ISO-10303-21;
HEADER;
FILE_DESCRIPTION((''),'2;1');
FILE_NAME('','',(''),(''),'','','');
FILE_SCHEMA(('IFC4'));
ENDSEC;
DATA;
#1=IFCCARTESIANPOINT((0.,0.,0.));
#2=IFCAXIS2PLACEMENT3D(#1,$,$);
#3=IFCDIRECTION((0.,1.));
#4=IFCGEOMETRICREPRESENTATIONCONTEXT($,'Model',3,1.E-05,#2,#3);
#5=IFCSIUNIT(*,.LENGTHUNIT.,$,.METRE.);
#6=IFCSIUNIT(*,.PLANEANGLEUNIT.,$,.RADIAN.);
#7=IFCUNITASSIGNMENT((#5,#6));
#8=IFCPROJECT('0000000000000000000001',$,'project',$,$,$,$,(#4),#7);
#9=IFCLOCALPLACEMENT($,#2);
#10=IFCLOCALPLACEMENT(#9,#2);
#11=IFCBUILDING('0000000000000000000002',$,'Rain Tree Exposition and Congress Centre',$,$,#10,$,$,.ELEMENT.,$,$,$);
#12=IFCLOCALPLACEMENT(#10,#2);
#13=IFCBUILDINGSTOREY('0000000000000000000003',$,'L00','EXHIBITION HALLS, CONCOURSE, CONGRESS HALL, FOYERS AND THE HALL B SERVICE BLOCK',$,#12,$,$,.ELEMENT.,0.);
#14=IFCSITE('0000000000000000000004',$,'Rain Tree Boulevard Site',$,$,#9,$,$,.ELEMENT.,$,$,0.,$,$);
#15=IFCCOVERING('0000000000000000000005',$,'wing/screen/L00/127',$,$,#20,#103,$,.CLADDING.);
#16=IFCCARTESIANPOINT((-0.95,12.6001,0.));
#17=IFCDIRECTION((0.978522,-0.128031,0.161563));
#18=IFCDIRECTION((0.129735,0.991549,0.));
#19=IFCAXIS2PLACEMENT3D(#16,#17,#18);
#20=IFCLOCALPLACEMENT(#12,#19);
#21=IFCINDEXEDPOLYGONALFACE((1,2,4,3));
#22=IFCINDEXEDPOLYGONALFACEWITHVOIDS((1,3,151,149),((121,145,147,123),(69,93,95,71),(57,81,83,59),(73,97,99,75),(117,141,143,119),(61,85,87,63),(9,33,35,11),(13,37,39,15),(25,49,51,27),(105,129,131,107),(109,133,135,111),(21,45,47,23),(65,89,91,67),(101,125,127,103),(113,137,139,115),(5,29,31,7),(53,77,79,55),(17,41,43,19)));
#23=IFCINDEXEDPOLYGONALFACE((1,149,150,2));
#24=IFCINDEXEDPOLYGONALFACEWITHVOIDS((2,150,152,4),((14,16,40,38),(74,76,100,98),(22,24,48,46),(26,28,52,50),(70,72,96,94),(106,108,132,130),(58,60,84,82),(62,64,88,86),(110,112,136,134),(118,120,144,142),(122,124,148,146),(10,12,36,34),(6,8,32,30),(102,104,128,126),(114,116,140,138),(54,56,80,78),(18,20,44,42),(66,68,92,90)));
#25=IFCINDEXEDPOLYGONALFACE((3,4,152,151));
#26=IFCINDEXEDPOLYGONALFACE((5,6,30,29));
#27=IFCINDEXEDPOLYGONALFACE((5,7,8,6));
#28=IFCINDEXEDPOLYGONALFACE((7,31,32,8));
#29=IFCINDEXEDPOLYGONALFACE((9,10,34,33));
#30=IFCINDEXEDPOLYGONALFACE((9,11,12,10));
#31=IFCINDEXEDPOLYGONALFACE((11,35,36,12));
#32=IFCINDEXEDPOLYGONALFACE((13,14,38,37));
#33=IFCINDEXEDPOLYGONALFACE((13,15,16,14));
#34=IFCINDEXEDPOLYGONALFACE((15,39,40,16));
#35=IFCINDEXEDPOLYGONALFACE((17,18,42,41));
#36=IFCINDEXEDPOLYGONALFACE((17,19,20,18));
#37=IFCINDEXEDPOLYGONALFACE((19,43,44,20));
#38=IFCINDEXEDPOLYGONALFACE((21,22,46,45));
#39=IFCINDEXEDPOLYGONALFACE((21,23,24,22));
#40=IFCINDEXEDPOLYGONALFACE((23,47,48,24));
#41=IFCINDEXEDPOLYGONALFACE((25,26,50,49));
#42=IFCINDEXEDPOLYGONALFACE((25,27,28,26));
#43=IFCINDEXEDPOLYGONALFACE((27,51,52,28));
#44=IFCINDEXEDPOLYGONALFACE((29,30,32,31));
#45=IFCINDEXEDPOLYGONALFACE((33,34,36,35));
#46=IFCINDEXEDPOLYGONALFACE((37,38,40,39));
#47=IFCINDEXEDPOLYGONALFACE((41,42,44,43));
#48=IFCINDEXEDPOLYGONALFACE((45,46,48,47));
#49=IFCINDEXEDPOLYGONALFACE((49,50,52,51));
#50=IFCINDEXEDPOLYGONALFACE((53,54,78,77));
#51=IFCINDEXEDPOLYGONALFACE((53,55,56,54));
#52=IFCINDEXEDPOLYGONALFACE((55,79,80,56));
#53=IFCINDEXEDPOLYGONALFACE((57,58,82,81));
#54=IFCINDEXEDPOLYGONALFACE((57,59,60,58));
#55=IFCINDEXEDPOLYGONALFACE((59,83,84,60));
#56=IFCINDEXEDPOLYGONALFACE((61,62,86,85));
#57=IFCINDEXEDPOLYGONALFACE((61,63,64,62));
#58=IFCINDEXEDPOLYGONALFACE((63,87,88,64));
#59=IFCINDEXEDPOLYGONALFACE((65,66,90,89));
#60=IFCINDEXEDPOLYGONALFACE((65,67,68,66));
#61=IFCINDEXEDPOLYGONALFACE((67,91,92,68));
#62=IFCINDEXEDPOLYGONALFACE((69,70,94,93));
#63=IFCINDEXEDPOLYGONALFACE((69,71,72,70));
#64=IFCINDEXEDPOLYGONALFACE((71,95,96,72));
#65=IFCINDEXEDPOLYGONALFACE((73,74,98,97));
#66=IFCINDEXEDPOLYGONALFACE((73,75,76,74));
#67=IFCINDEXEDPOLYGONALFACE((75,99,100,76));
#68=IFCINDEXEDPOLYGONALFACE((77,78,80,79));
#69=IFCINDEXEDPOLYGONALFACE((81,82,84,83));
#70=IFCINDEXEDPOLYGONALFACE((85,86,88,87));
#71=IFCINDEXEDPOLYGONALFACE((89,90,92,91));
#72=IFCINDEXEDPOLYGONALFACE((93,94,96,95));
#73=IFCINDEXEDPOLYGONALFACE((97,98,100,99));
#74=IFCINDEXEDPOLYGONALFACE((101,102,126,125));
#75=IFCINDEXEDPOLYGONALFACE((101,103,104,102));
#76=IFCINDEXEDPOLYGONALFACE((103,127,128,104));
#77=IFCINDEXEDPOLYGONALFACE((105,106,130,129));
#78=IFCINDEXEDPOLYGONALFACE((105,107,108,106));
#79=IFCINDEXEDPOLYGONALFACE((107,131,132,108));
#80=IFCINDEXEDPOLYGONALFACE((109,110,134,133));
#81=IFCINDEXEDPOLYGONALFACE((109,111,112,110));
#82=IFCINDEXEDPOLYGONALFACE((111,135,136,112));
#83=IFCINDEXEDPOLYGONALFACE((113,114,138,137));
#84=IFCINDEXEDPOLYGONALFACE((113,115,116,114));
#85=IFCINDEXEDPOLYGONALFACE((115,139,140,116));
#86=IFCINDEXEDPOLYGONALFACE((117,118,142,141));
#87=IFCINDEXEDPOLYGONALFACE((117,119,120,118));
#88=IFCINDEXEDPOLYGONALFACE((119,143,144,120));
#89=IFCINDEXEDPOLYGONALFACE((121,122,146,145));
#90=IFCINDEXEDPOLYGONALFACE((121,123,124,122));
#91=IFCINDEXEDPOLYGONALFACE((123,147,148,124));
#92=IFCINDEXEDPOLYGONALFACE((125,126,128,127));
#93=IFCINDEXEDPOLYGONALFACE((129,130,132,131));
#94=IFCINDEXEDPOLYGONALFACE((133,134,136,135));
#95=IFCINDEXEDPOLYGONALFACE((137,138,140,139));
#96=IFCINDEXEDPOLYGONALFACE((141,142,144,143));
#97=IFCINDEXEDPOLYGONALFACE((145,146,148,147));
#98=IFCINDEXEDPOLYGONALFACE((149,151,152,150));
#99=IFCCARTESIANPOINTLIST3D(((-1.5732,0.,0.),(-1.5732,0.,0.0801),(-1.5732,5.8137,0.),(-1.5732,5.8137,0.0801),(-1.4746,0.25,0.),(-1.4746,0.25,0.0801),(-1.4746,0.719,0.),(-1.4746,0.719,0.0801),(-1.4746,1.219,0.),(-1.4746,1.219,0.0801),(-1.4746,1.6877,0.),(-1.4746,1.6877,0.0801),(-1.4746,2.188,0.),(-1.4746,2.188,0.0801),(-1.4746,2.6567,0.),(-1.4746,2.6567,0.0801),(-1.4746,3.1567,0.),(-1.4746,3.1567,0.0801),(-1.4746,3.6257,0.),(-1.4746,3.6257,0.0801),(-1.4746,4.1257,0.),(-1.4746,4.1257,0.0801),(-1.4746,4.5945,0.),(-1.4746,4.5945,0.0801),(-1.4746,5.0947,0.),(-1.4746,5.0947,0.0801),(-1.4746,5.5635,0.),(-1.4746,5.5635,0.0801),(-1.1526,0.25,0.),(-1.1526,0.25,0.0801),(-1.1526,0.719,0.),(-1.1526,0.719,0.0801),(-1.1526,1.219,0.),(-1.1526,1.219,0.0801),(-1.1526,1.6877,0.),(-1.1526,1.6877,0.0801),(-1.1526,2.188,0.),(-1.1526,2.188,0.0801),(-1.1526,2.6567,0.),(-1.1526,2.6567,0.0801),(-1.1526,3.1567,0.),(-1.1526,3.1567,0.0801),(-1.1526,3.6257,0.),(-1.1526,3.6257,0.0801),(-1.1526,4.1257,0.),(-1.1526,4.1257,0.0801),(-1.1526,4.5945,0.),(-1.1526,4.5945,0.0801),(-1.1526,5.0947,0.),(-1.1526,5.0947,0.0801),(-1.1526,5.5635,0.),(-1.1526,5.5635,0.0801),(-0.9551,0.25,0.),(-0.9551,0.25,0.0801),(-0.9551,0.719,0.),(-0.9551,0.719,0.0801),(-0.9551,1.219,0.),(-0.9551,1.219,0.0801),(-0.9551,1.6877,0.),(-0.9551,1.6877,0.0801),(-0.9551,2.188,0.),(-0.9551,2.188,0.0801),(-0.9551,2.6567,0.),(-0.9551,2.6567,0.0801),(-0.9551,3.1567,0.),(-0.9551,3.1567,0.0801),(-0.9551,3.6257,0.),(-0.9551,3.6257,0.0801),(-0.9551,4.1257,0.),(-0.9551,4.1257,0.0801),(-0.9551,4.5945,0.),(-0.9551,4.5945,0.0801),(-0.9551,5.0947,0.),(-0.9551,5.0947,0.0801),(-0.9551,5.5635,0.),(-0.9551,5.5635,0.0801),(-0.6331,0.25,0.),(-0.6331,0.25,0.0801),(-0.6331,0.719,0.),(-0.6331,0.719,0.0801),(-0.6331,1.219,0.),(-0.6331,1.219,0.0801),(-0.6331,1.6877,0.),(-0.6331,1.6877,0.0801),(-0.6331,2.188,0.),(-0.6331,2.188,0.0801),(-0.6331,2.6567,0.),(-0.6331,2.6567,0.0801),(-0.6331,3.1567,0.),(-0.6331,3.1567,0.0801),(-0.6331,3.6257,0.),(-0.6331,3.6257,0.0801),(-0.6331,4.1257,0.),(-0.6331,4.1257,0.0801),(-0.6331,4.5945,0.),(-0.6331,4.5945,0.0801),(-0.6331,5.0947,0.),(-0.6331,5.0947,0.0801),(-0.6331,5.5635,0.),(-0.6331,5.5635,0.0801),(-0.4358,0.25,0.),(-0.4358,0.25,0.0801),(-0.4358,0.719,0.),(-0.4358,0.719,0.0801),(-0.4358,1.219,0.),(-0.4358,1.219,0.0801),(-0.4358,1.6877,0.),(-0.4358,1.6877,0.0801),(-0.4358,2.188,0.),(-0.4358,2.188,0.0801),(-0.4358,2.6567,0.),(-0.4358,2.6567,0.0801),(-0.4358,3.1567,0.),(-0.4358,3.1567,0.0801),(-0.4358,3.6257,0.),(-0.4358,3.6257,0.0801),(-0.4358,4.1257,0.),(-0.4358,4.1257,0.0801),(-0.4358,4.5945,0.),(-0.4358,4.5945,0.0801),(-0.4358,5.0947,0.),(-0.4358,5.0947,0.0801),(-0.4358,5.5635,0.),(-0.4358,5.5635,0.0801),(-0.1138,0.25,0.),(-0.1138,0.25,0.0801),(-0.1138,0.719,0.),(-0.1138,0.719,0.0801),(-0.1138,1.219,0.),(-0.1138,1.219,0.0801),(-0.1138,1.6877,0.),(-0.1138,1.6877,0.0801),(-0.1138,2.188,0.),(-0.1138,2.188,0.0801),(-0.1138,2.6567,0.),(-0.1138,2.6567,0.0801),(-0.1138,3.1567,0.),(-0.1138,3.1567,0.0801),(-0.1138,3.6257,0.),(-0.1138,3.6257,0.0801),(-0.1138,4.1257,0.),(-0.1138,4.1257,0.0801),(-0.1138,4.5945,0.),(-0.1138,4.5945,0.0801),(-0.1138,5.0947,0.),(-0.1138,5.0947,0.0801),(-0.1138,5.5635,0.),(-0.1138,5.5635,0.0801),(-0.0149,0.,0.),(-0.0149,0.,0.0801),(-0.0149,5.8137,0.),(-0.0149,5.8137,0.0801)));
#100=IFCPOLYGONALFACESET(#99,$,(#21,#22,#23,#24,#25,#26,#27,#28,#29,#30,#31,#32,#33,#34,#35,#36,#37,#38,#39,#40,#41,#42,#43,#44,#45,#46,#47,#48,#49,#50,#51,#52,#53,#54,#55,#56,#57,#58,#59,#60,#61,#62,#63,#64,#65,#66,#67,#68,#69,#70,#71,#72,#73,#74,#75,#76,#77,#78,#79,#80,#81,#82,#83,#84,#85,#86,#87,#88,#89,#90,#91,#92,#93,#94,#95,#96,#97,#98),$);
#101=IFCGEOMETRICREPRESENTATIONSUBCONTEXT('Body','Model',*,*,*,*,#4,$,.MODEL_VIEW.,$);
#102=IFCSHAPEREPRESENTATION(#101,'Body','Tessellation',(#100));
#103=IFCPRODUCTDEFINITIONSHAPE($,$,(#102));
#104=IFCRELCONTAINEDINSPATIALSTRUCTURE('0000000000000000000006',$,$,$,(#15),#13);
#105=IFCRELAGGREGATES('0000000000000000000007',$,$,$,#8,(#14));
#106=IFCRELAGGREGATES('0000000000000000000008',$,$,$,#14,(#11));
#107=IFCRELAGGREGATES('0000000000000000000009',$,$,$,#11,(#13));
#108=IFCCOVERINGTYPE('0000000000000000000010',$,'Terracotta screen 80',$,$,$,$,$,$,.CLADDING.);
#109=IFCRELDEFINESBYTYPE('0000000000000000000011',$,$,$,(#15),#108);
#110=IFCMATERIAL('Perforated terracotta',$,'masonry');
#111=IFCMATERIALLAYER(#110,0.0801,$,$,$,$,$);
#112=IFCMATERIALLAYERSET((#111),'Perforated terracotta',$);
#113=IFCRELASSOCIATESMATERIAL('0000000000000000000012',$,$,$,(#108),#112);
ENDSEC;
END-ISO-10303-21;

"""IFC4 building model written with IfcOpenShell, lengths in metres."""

from ifc_helpers import new_model, si_unit, direction, frame, origin, place, context, subcontext, project, spatial, polyline, outline, extrude, material, layer, layer_set, type_object, element, save


model = new_model("IFC4")

# Units and contexts
model_context = context("Model", 3, precision=1e-05, world=origin(), true_north=direction((0.0, 1.0)))
body_context = subcontext(model_context, "Body", "Model", "MODEL_VIEW")
ifc_project = project(units=[si_unit("LENGTHUNIT", "METRE"), si_unit("PLANEANGLEUNIT", "RADIAN")], contexts=[model_context])

# Site, building, storey
site_placement = place(None, origin())
site = spatial("IfcSite", under=ifc_project, at=site_placement, Name="Rain Tree Boulevard Site", CompositionType="ELEMENT", RefElevation=0.0)
building_placement = place(site_placement, origin())
building = spatial("IfcBuilding", under=site, at=building_placement, Name="Rain Tree Exposition and Congress Centre", CompositionType="ELEMENT")
storey_placement = place(building_placement, origin())
storey = spatial("IfcBuildingStorey", under=building, at=storey_placement, Name="L00", Description="EXHIBITION HALLS, CONCOURSE, CONGRESS HALL, FOYERS AND THE HALL B SERVICE BLOCK", CompositionType="ELEMENT", Elevation=0.0)

# Covering
ifc_material_1 = material(Name="Perforated terracotta", Category="masonry")
ifc_layer_1 = layer(ifc_material_1, 0.0801)
ifc_layer_set_1 = layer_set([ifc_layer_1], Name="Perforated terracotta")
covering_type = type_object("IfcCoveringType", Name="Terracotta screen 80", PredefinedType="CLADDING", material=ifc_layer_set_1)
covering_1_placement = place(storey_placement, frame((-0.95, 12.6001, 0.0), z_axis=(0.978522, -0.128031, 0.161563), x_axis=(0.129735, 0.991549, 0.0)))
element("IfcCovering", 1, at=covering_1_placement, inside=storey, type_object=covering_type, Name="wing/screen/L00/127", PredefinedType="CLADDING", context=body_context, shape_type="SweptSolid", body=[
    extrude(outline(polyline([(-1.5732, 0.0), (-1.5732, 5.8137), (-0.0149, 5.8137), (-0.0149, 0.0), (-1.5732, 0.0)]), holes=[polyline([(-0.1138, 0.25), (-0.1138, 0.719), (-0.4358, 0.719), (-0.4358, 0.25), (-0.1138, 0.25)]), polyline([(-0.1138, 1.219), (-0.1138, 1.6877), (-0.4358, 1.6877), (-0.4358, 1.219), (-0.1138, 1.219)]), polyline([(-0.1138, 2.188), (-0.1138, 2.6567), (-0.4358, 2.6567), (-0.4358, 2.188), (-0.1138, 2.188)]), polyline([(-0.1138, 3.1567), (-0.1138, 3.6257), (-0.4358, 3.6257), (-0.4358, 3.1567), (-0.1138, 3.1567)]), polyline([(-0.1138, 4.1257), (-0.1138, 4.5945), (-0.4358, 4.5945), (-0.4358, 4.1257), (-0.1138, 4.1257)]), polyline([(-0.1138, 5.0947), (-0.1138, 5.5635), (-0.4358, 5.5635), (-0.4358, 5.0947), (-0.1138, 5.0947)]), polyline([(-0.6331, 0.25), (-0.6331, 0.719), (-0.9551, 0.719), (-0.9551, 0.25), (-0.6331, 0.25)]), polyline([(-0.6331, 1.219), (-0.6331, 1.6877), (-0.9551, 1.6877), (-0.9551, 1.219), (-0.6331, 1.219)]), polyline([(-0.6331, 2.188), (-0.6331, 2.6567), (-0.9551, 2.6567), (-0.9551, 2.188), (-0.6331, 2.188)]), polyline([(-0.6331, 3.1567), (-0.6331, 3.6257), (-0.9551, 3.6257), (-0.9551, 3.1567), (-0.6331, 3.1567)]), polyline([(-0.6331, 4.1257), (-0.6331, 4.5945), (-0.9551, 4.5945), (-0.9551, 4.1257), (-0.6331, 4.1257)]), polyline([(-0.6331, 5.0947), (-0.6331, 5.5635), (-0.9551, 5.5635), (-0.9551, 5.0947), (-0.6331, 5.0947)]), polyline([(-1.1526, 0.25), (-1.1526, 0.719), (-1.4746, 0.719), (-1.4746, 0.25), (-1.1526, 0.25)]), polyline([(-1.1526, 1.219), (-1.1526, 1.6877), (-1.4746, 1.6877), (-1.4746, 1.219), (-1.1526, 1.219)]), polyline([(-1.1526, 2.188), (-1.1526, 2.6567), (-1.4746, 2.6567), (-1.4746, 2.188), (-1.1526, 2.188)]), polyline([(-1.1526, 3.1567), (-1.1526, 3.6257), (-1.4746, 3.6257), (-1.4746, 3.1567), (-1.1526, 3.1567)]), polyline([(-1.1526, 4.1257), (-1.1526, 4.5945), (-1.4746, 4.5945), (-1.4746, 4.1257), (-1.1526, 4.1257)]), polyline([(-1.1526, 5.0947), (-1.1526, 5.5635), (-1.4746, 5.5635), (-1.4746, 5.0947), (-1.1526, 5.0947)])]), origin(), (0.0, 0.0, 1.0), 0.0801),
])

save(model, "model.ifc")
